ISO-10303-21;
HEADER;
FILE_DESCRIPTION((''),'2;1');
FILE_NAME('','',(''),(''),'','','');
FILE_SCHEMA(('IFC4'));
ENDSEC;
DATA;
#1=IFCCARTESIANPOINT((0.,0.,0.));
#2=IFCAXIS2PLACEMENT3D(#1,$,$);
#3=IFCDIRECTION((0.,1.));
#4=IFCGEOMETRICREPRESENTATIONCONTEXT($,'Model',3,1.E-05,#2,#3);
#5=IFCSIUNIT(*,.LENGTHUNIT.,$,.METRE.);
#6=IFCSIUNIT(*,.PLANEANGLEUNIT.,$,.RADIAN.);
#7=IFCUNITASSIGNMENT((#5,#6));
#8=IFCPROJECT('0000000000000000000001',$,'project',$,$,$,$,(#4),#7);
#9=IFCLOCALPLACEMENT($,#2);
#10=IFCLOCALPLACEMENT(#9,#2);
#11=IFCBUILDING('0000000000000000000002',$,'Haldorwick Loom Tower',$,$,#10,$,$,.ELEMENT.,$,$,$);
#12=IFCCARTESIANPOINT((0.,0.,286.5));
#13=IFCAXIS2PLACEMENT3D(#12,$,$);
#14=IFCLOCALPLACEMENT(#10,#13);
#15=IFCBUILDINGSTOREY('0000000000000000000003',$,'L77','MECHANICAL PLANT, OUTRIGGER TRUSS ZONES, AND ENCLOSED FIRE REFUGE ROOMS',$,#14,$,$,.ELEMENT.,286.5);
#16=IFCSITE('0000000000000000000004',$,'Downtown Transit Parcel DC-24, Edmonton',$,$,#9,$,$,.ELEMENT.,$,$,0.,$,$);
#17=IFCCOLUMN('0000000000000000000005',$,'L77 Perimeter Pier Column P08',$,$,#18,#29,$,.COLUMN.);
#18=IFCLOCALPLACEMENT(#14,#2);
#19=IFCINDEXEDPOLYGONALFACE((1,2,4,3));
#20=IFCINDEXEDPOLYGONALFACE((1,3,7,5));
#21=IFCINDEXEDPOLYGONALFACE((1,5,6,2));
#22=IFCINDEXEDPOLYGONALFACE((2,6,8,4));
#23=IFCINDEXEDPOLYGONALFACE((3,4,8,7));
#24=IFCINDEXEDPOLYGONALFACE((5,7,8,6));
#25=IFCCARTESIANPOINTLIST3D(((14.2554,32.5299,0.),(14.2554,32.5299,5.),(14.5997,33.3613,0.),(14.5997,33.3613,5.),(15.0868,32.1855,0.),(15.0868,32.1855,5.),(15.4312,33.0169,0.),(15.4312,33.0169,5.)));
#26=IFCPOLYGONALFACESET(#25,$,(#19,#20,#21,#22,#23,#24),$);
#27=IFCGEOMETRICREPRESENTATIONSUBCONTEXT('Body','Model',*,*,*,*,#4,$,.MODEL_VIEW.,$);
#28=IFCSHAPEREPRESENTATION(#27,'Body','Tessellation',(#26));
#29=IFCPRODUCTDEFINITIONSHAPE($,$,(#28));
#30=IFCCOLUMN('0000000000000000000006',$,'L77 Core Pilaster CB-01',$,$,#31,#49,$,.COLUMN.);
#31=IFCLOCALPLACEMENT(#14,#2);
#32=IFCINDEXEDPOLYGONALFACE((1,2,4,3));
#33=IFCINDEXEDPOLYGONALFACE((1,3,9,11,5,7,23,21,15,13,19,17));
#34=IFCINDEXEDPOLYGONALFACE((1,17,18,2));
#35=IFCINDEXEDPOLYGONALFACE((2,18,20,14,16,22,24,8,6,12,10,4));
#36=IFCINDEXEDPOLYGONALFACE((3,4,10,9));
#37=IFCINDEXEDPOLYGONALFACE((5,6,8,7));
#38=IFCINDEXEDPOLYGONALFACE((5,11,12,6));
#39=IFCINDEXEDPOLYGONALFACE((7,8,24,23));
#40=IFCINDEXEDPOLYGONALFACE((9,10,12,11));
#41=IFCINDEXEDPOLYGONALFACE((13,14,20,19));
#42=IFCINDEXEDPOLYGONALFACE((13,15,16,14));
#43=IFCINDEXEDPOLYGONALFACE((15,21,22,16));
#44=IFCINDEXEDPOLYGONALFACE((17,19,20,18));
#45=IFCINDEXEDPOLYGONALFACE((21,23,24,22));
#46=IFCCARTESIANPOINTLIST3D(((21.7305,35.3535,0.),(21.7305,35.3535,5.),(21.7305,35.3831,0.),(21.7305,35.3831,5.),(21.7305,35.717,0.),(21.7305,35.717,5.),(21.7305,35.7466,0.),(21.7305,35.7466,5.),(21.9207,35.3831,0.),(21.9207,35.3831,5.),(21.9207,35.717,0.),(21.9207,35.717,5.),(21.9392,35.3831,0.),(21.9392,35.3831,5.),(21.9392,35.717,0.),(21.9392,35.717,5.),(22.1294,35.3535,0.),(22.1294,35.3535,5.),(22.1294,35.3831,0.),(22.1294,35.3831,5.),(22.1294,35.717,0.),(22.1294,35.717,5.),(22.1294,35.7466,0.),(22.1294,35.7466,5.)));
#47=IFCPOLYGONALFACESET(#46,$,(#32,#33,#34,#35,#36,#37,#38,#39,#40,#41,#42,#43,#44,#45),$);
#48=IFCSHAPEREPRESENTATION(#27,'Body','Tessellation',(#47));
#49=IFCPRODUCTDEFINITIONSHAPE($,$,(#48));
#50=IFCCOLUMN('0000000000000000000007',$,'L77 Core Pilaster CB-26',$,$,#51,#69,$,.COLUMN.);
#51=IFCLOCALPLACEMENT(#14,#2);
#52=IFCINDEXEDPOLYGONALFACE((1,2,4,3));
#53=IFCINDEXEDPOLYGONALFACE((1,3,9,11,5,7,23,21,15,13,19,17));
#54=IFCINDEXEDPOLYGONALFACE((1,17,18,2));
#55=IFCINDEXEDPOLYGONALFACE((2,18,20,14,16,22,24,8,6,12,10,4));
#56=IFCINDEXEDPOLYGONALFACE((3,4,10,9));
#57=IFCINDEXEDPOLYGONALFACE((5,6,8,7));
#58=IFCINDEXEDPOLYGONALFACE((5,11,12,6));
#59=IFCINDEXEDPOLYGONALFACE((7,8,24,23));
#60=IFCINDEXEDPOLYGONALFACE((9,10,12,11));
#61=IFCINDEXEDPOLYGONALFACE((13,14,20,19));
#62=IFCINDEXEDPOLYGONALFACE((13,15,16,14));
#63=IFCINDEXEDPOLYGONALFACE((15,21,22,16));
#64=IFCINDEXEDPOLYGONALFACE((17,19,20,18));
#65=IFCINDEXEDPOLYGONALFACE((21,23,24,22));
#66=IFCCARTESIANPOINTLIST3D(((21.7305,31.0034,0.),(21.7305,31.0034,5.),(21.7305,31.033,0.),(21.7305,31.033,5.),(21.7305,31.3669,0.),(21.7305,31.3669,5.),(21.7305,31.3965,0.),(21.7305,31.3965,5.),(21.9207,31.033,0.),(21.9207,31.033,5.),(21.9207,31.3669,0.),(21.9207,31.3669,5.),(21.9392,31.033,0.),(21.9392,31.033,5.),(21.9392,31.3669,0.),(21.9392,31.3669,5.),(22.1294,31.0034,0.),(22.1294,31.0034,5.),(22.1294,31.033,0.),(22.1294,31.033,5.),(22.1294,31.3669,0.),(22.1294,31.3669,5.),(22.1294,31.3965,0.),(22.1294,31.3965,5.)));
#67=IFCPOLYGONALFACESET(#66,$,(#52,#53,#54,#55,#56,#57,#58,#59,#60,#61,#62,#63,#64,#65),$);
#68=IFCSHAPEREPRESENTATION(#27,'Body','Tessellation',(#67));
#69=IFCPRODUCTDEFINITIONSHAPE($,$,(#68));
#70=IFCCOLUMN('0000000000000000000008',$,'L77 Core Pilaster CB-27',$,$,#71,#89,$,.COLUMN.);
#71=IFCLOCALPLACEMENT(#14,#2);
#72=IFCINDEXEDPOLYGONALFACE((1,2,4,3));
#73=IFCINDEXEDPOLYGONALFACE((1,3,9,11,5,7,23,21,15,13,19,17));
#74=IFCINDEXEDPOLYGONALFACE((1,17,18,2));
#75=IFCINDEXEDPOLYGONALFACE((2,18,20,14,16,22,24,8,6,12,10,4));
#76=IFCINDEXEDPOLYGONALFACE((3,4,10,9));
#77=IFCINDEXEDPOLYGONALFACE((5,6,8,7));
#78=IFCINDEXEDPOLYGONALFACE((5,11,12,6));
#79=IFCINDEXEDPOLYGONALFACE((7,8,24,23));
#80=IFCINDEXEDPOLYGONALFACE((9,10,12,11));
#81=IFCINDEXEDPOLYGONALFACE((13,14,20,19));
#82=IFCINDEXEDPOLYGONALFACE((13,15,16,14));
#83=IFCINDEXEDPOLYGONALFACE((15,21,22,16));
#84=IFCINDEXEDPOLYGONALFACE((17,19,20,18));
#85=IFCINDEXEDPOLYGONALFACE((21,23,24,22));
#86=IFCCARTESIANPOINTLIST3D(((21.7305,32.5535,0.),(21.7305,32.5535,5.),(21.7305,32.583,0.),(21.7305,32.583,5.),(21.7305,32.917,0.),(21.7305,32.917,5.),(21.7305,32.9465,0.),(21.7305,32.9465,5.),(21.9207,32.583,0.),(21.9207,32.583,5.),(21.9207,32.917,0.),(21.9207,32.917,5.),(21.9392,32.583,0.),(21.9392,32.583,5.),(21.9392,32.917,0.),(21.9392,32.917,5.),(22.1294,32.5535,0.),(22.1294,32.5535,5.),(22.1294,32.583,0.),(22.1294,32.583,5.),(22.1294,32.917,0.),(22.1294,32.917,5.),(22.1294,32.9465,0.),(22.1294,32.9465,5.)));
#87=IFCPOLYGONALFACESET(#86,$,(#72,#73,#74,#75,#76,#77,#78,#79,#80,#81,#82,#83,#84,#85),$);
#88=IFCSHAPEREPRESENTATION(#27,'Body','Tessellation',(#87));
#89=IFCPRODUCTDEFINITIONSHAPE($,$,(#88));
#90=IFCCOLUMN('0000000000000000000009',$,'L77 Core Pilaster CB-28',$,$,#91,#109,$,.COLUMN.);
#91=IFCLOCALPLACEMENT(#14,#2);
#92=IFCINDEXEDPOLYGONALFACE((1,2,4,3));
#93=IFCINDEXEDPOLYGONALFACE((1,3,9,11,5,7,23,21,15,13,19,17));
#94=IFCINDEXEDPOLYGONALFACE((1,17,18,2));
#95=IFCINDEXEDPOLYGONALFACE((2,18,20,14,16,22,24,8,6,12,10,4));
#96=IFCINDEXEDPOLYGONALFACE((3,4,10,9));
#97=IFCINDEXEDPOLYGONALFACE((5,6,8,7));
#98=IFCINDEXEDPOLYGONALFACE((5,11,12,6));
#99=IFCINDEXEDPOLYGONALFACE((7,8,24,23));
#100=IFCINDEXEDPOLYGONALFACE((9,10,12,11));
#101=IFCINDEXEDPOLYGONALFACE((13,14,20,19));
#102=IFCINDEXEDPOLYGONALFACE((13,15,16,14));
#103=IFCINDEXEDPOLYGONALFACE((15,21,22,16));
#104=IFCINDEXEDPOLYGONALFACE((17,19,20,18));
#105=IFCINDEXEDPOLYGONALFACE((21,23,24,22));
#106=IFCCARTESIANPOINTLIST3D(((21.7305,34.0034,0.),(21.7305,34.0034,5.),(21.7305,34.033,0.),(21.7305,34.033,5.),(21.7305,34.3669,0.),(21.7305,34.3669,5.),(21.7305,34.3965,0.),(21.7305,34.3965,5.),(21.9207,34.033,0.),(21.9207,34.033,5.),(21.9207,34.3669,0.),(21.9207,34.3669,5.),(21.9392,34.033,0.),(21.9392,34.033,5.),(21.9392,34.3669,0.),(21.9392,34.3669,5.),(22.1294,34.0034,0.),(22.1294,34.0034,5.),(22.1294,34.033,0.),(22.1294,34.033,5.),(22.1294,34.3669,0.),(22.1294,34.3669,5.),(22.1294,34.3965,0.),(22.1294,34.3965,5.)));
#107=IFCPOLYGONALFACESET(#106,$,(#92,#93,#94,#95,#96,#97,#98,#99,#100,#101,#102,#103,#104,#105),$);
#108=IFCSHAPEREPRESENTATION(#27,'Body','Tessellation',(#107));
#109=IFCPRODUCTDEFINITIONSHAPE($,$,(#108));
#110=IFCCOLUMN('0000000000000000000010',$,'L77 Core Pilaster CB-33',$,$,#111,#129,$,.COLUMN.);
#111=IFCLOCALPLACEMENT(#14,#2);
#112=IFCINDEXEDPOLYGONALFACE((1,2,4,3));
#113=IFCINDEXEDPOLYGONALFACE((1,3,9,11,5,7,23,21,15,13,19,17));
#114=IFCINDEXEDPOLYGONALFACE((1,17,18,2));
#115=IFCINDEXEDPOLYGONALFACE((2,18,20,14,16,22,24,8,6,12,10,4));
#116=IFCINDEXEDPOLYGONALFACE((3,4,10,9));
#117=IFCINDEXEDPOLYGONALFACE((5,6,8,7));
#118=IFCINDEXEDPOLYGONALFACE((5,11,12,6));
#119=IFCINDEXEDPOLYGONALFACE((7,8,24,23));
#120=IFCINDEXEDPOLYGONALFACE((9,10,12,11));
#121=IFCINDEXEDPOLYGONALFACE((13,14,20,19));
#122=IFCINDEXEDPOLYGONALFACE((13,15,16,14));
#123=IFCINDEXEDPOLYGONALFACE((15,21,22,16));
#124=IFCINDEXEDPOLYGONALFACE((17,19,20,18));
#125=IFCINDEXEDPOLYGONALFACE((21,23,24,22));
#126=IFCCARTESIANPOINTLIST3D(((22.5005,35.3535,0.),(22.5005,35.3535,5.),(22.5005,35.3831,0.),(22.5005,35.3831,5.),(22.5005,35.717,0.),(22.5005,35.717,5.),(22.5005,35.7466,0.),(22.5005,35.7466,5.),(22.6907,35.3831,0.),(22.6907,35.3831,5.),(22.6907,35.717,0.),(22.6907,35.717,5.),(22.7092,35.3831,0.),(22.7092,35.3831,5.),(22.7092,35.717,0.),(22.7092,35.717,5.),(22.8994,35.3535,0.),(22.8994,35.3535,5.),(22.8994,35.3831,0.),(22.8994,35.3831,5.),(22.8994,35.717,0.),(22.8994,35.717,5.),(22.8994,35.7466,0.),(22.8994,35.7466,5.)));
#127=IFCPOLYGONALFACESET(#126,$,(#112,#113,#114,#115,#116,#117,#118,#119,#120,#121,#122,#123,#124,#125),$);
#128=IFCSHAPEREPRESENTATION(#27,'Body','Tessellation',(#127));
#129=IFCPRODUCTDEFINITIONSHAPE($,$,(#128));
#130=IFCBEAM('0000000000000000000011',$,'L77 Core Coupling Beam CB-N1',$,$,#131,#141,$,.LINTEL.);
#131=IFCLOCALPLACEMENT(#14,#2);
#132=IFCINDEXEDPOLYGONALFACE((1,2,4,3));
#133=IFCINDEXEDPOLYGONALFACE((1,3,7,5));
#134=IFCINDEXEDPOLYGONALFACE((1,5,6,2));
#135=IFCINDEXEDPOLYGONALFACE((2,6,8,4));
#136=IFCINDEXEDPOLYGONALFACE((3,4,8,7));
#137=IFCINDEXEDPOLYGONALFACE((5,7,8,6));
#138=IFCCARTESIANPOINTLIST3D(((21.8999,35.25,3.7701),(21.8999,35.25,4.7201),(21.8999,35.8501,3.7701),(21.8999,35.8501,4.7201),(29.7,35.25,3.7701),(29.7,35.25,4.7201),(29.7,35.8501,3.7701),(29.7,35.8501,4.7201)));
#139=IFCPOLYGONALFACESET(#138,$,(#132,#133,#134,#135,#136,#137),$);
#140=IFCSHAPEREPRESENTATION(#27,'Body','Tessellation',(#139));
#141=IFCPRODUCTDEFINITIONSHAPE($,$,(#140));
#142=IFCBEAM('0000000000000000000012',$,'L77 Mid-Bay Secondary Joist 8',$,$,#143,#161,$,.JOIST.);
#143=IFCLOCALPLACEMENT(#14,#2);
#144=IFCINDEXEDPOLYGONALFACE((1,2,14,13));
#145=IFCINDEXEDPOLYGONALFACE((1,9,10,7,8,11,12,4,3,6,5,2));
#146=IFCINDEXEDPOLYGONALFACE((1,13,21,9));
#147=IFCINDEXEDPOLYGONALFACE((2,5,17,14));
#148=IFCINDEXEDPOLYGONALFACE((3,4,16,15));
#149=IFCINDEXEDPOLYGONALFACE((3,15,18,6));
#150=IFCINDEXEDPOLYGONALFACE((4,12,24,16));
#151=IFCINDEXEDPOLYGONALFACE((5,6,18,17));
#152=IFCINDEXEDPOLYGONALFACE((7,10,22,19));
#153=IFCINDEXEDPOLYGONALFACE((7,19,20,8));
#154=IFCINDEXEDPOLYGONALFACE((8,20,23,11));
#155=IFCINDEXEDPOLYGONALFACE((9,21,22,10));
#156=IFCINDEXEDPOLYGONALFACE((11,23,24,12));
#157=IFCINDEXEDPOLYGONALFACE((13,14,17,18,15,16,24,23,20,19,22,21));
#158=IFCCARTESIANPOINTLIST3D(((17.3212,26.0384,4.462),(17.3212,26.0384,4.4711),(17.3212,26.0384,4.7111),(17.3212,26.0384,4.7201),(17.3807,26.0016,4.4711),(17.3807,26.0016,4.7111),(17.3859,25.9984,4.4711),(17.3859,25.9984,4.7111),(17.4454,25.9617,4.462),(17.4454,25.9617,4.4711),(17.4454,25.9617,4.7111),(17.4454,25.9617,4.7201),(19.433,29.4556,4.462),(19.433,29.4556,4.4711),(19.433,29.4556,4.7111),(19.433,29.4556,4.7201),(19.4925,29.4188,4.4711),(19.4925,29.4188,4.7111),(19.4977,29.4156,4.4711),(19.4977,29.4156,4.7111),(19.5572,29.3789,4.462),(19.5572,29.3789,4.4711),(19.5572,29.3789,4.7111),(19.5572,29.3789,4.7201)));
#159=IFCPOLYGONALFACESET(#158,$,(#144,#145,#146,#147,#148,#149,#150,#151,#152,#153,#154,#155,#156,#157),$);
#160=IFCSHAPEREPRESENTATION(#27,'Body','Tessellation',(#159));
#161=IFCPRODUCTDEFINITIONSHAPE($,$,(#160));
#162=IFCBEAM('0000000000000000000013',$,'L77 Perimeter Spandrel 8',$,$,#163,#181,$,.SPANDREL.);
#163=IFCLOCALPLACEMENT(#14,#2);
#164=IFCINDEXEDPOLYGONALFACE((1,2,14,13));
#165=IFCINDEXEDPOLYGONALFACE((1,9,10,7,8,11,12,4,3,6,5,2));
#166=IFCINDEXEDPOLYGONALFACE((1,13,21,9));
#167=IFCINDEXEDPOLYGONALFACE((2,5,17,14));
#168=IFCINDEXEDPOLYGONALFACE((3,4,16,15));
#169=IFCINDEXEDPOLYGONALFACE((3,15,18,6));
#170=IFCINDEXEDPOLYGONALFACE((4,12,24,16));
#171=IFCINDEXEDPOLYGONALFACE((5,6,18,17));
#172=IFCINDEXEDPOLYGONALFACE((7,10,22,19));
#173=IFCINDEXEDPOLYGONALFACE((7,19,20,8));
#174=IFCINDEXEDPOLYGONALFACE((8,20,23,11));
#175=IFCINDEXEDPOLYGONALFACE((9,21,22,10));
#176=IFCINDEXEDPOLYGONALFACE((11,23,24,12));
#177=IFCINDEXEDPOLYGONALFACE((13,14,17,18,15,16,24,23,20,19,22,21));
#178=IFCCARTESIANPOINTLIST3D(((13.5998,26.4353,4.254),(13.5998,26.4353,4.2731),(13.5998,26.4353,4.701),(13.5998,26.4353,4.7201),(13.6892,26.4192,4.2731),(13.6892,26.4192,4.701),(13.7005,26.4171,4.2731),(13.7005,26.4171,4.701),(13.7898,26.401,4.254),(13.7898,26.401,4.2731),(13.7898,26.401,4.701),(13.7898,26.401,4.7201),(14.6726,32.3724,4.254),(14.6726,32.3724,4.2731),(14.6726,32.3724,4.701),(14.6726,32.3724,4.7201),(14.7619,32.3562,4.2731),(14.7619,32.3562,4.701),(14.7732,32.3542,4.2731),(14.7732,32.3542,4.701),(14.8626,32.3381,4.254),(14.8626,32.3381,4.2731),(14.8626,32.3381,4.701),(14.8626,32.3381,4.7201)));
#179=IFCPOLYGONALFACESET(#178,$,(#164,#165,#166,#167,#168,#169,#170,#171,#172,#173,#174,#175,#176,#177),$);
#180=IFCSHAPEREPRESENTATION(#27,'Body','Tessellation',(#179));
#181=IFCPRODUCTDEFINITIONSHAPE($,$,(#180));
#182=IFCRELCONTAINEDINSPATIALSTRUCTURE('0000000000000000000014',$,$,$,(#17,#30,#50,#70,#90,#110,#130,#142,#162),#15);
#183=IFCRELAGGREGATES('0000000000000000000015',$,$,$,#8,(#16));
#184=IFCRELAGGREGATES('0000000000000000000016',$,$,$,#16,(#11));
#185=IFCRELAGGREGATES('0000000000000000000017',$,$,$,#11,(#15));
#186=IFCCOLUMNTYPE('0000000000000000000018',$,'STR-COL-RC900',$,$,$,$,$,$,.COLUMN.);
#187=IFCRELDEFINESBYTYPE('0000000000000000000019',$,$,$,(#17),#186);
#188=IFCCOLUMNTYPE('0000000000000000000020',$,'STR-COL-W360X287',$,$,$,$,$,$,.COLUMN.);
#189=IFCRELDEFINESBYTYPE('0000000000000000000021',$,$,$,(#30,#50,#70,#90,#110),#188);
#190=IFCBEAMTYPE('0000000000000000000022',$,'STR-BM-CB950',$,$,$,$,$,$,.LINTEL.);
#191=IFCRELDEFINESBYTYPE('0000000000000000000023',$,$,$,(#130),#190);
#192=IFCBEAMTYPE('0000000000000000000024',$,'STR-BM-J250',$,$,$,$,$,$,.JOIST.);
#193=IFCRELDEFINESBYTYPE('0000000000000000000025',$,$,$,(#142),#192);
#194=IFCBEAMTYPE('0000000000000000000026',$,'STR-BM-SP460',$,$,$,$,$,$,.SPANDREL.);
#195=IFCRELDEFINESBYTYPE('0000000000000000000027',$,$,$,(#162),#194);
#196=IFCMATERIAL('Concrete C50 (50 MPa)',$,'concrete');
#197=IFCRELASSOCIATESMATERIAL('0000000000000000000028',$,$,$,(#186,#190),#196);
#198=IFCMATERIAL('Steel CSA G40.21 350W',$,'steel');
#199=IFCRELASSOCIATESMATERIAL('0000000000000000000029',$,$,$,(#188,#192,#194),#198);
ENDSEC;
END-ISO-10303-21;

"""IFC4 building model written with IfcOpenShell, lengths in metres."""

from ifc_helpers import new_model, si_unit, direction, frame, origin, origin_2d, place, context, subcontext, project, spatial, rectangle, i_section, extrude, material, material_profile, profile_set, type_object, element, save


model = new_model("IFC4")

# Units and contexts
model_context = context("Model", 3, precision=1e-05, world=origin(), true_north=direction((0.0, 1.0)))
body_context = subcontext(model_context, "Body", "Model", "MODEL_VIEW")
ifc_project = project(units=[si_unit("LENGTHUNIT", "METRE"), si_unit("PLANEANGLEUNIT", "RADIAN")], contexts=[model_context])

# Site, building, storey
site_placement = place(None, origin())
site = spatial("IfcSite", under=ifc_project, at=site_placement, Name="Downtown Transit Parcel DC-24, Edmonton", CompositionType="ELEMENT", RefElevation=0.0)
building_placement = place(site_placement, origin())
building = spatial("IfcBuilding", under=site, at=building_placement, Name="Haldorwick Loom Tower", CompositionType="ELEMENT")
storey_placement = place(building_placement, frame((0.0, 0.0, 286.5)))
storey = spatial("IfcBuildingStorey", under=building, at=storey_placement, Name="L77", Description="MECHANICAL PLANT, OUTRIGGER TRUSS ZONES, AND ENCLOSED FIRE REFUGE ROOMS", CompositionType="ELEMENT", Elevation=286.5)

# Columns
ifc_material_1 = material(Name="Concrete C50 (50 MPa)", Category="concrete")
ifc_material_profile_1 = material_profile(ifc_material_1, rectangle(XDim=0.8999, YDim=0.8999, at=origin_2d()), Name="RC900X900", Category="concrete")
ifc_profile_set_1 = profile_set([ifc_material_profile_1], Name="Concrete C50 (50 MPa)")
column_type_1 = type_object("IfcColumnType", Name="STR-COL-RC900", PredefinedType="COLUMN", material=ifc_profile_set_1)
column_placement = place(storey_placement, frame((14.8433, 32.7734, 0.0), z_axis=(0.0, 0.0, 1.0), x_axis=(-0.92388, 0.382683, 0.0)))
element("IfcColumn", 1, at=column_placement, inside=storey, type_object=column_type_1, Name="L77 Perimeter Pier Column P08", PredefinedType="COLUMN", context=body_context, shape_type="SweptSolid", body=[
    extrude(rectangle(XDim=0.8999, YDim=0.8999, at=origin_2d()), origin(), (0.0, 0.0, 1.0), 5.0),
])
ifc_material_2 = material(Name="Steel CSA G40.21 350W", Category="steel")
ifc_material_profile_2 = material_profile(ifc_material_2, i_section(OverallWidth=0.3989, OverallDepth=0.3931, WebThickness=0.0186, FlangeThickness=0.0295, at=origin_2d()), Name="W360X287", Category="steel")
ifc_profile_set_2 = profile_set([ifc_material_profile_2], Name="Steel CSA G40.21 350W")
column_type_2 = type_object("IfcColumnType", Name="STR-COL-W360X287", PredefinedType="COLUMN", material=ifc_profile_set_2)
for number, where, z_axis, x_axis, name in (
    (2, (21.9299, 35.55, 0.0), (0.0, 0.0, 1.0), (1.0, 0.0, 0.0), "L77 Core Pilaster CB-01"),
    (3, (21.9299, 31.2, 0.0), (0.0, 0.0, 1.0), (1.0, 0.0, 0.0), "L77 Core Pilaster CB-26"),
    (4, (21.9299, 32.75, 0.0), (0.0, 0.0, 1.0), (1.0, 0.0, 0.0), "L77 Core Pilaster CB-27"),
    (5, (21.9299, 34.2, 0.0), (0.0, 0.0, 1.0), (1.0, 0.0, 0.0), "L77 Core Pilaster CB-28"),
    (6, (22.7, 35.55, 0.0), (0.0, 0.0, 1.0), (1.0, 0.0, 0.0), "L77 Core Pilaster CB-33"),
):
    element("IfcColumn", number, at=place(storey_placement, frame(where, z_axis=z_axis, x_axis=x_axis)), inside=storey, type_object=column_type_2, Name=name, PredefinedType="COLUMN", context=body_context, shape_type="SweptSolid", body=[
        extrude(i_section(OverallWidth=0.3989, OverallDepth=0.3931, WebThickness=0.0186, FlangeThickness=0.0295, at=origin_2d()), origin(), (0.0, 0.0, 1.0), 5.0),
    ])

# Beams
ifc_material_profile_3 = material_profile(ifc_material_1, rectangle(XDim=0.6001, YDim=0.95, at=origin_2d()), Name="RC600X950", Category="concrete")
ifc_profile_set_3 = profile_set([ifc_material_profile_3], Name="Concrete C50 (50 MPa)")
beam_type_1 = type_object("IfcBeamType", Name="STR-BM-CB950", PredefinedType="LINTEL", material=ifc_profile_set_3)
beam_1_placement = place(storey_placement, frame((21.8999, 35.55, 4.2451), z_axis=(1.0, 0.0, 0.0), x_axis=(0.0, 1.0, 0.0)))
element("IfcBeam", 7, at=beam_1_placement, inside=storey, type_object=beam_type_1, Name="L77 Core Coupling Beam CB-N1", PredefinedType="LINTEL", context=body_context, shape_type="SweptSolid", body=[
    extrude(rectangle(XDim=0.6001, YDim=0.95, at=origin_2d()), origin(), (0.0, 0.0, 1.0), 7.8),
])
ifc_material_profile_4 = material_profile(ifc_material_2, i_section(OverallWidth=0.146, OverallDepth=0.2581, WebThickness=0.0061, FlangeThickness=0.009, at=origin_2d()), Name="W250X33", Category="steel")
ifc_profile_set_4 = profile_set([ifc_material_profile_4], Name="Steel CSA G40.21 350W")
beam_type_2 = type_object("IfcBeamType", Name="STR-BM-J250", PredefinedType="JOIST", material=ifc_profile_set_4)
beam_2_placement = place(storey_placement, frame((19.4951, 29.4172, 4.5911), z_axis=(-0.525704, -0.850668, 0.0), x_axis=(0.850668, -0.525704, 0.0)))
element("IfcBeam", 8, at=beam_2_placement, inside=storey, type_object=beam_type_2, Name="L77 Mid-Bay Secondary Joist 8", PredefinedType="JOIST", context=body_context, shape_type="SweptSolid", body=[
    extrude(i_section(OverallWidth=0.146, OverallDepth=0.2581, WebThickness=0.0061, FlangeThickness=0.009, at=origin_2d()), origin(), (0.0, 0.0, 1.0), 4.0171),
])
ifc_material_profile_5 = material_profile(ifc_material_2, i_section(OverallWidth=0.1931, OverallDepth=0.4661, WebThickness=0.0115, FlangeThickness=0.019, at=origin_2d()), Name="W460X97", Category="steel")
ifc_profile_set_5 = profile_set([ifc_material_profile_5], Name="Steel CSA G40.21 350W")
beam_type_3 = type_object("IfcBeamType", Name="STR-BM-SP460", PredefinedType="SPANDREL", material=ifc_profile_set_5)
beam_3_placement = place(storey_placement, frame((14.7676, 32.3552, 4.4871), z_axis=(-0.17781, -0.984065, 0.0), x_axis=(0.984065, -0.17781, 0.0)))
element("IfcBeam", 9, at=beam_3_placement, inside=storey, type_object=beam_type_3, Name="L77 Perimeter Spandrel 8", PredefinedType="SPANDREL", context=body_context, shape_type="SweptSolid", body=[
    extrude(i_section(OverallWidth=0.1931, OverallDepth=0.4661, WebThickness=0.0115, FlangeThickness=0.019, at=origin_2d()), origin(), (0.0, 0.0, 1.0), 6.0332),
])

save(model, "model.ifc")
